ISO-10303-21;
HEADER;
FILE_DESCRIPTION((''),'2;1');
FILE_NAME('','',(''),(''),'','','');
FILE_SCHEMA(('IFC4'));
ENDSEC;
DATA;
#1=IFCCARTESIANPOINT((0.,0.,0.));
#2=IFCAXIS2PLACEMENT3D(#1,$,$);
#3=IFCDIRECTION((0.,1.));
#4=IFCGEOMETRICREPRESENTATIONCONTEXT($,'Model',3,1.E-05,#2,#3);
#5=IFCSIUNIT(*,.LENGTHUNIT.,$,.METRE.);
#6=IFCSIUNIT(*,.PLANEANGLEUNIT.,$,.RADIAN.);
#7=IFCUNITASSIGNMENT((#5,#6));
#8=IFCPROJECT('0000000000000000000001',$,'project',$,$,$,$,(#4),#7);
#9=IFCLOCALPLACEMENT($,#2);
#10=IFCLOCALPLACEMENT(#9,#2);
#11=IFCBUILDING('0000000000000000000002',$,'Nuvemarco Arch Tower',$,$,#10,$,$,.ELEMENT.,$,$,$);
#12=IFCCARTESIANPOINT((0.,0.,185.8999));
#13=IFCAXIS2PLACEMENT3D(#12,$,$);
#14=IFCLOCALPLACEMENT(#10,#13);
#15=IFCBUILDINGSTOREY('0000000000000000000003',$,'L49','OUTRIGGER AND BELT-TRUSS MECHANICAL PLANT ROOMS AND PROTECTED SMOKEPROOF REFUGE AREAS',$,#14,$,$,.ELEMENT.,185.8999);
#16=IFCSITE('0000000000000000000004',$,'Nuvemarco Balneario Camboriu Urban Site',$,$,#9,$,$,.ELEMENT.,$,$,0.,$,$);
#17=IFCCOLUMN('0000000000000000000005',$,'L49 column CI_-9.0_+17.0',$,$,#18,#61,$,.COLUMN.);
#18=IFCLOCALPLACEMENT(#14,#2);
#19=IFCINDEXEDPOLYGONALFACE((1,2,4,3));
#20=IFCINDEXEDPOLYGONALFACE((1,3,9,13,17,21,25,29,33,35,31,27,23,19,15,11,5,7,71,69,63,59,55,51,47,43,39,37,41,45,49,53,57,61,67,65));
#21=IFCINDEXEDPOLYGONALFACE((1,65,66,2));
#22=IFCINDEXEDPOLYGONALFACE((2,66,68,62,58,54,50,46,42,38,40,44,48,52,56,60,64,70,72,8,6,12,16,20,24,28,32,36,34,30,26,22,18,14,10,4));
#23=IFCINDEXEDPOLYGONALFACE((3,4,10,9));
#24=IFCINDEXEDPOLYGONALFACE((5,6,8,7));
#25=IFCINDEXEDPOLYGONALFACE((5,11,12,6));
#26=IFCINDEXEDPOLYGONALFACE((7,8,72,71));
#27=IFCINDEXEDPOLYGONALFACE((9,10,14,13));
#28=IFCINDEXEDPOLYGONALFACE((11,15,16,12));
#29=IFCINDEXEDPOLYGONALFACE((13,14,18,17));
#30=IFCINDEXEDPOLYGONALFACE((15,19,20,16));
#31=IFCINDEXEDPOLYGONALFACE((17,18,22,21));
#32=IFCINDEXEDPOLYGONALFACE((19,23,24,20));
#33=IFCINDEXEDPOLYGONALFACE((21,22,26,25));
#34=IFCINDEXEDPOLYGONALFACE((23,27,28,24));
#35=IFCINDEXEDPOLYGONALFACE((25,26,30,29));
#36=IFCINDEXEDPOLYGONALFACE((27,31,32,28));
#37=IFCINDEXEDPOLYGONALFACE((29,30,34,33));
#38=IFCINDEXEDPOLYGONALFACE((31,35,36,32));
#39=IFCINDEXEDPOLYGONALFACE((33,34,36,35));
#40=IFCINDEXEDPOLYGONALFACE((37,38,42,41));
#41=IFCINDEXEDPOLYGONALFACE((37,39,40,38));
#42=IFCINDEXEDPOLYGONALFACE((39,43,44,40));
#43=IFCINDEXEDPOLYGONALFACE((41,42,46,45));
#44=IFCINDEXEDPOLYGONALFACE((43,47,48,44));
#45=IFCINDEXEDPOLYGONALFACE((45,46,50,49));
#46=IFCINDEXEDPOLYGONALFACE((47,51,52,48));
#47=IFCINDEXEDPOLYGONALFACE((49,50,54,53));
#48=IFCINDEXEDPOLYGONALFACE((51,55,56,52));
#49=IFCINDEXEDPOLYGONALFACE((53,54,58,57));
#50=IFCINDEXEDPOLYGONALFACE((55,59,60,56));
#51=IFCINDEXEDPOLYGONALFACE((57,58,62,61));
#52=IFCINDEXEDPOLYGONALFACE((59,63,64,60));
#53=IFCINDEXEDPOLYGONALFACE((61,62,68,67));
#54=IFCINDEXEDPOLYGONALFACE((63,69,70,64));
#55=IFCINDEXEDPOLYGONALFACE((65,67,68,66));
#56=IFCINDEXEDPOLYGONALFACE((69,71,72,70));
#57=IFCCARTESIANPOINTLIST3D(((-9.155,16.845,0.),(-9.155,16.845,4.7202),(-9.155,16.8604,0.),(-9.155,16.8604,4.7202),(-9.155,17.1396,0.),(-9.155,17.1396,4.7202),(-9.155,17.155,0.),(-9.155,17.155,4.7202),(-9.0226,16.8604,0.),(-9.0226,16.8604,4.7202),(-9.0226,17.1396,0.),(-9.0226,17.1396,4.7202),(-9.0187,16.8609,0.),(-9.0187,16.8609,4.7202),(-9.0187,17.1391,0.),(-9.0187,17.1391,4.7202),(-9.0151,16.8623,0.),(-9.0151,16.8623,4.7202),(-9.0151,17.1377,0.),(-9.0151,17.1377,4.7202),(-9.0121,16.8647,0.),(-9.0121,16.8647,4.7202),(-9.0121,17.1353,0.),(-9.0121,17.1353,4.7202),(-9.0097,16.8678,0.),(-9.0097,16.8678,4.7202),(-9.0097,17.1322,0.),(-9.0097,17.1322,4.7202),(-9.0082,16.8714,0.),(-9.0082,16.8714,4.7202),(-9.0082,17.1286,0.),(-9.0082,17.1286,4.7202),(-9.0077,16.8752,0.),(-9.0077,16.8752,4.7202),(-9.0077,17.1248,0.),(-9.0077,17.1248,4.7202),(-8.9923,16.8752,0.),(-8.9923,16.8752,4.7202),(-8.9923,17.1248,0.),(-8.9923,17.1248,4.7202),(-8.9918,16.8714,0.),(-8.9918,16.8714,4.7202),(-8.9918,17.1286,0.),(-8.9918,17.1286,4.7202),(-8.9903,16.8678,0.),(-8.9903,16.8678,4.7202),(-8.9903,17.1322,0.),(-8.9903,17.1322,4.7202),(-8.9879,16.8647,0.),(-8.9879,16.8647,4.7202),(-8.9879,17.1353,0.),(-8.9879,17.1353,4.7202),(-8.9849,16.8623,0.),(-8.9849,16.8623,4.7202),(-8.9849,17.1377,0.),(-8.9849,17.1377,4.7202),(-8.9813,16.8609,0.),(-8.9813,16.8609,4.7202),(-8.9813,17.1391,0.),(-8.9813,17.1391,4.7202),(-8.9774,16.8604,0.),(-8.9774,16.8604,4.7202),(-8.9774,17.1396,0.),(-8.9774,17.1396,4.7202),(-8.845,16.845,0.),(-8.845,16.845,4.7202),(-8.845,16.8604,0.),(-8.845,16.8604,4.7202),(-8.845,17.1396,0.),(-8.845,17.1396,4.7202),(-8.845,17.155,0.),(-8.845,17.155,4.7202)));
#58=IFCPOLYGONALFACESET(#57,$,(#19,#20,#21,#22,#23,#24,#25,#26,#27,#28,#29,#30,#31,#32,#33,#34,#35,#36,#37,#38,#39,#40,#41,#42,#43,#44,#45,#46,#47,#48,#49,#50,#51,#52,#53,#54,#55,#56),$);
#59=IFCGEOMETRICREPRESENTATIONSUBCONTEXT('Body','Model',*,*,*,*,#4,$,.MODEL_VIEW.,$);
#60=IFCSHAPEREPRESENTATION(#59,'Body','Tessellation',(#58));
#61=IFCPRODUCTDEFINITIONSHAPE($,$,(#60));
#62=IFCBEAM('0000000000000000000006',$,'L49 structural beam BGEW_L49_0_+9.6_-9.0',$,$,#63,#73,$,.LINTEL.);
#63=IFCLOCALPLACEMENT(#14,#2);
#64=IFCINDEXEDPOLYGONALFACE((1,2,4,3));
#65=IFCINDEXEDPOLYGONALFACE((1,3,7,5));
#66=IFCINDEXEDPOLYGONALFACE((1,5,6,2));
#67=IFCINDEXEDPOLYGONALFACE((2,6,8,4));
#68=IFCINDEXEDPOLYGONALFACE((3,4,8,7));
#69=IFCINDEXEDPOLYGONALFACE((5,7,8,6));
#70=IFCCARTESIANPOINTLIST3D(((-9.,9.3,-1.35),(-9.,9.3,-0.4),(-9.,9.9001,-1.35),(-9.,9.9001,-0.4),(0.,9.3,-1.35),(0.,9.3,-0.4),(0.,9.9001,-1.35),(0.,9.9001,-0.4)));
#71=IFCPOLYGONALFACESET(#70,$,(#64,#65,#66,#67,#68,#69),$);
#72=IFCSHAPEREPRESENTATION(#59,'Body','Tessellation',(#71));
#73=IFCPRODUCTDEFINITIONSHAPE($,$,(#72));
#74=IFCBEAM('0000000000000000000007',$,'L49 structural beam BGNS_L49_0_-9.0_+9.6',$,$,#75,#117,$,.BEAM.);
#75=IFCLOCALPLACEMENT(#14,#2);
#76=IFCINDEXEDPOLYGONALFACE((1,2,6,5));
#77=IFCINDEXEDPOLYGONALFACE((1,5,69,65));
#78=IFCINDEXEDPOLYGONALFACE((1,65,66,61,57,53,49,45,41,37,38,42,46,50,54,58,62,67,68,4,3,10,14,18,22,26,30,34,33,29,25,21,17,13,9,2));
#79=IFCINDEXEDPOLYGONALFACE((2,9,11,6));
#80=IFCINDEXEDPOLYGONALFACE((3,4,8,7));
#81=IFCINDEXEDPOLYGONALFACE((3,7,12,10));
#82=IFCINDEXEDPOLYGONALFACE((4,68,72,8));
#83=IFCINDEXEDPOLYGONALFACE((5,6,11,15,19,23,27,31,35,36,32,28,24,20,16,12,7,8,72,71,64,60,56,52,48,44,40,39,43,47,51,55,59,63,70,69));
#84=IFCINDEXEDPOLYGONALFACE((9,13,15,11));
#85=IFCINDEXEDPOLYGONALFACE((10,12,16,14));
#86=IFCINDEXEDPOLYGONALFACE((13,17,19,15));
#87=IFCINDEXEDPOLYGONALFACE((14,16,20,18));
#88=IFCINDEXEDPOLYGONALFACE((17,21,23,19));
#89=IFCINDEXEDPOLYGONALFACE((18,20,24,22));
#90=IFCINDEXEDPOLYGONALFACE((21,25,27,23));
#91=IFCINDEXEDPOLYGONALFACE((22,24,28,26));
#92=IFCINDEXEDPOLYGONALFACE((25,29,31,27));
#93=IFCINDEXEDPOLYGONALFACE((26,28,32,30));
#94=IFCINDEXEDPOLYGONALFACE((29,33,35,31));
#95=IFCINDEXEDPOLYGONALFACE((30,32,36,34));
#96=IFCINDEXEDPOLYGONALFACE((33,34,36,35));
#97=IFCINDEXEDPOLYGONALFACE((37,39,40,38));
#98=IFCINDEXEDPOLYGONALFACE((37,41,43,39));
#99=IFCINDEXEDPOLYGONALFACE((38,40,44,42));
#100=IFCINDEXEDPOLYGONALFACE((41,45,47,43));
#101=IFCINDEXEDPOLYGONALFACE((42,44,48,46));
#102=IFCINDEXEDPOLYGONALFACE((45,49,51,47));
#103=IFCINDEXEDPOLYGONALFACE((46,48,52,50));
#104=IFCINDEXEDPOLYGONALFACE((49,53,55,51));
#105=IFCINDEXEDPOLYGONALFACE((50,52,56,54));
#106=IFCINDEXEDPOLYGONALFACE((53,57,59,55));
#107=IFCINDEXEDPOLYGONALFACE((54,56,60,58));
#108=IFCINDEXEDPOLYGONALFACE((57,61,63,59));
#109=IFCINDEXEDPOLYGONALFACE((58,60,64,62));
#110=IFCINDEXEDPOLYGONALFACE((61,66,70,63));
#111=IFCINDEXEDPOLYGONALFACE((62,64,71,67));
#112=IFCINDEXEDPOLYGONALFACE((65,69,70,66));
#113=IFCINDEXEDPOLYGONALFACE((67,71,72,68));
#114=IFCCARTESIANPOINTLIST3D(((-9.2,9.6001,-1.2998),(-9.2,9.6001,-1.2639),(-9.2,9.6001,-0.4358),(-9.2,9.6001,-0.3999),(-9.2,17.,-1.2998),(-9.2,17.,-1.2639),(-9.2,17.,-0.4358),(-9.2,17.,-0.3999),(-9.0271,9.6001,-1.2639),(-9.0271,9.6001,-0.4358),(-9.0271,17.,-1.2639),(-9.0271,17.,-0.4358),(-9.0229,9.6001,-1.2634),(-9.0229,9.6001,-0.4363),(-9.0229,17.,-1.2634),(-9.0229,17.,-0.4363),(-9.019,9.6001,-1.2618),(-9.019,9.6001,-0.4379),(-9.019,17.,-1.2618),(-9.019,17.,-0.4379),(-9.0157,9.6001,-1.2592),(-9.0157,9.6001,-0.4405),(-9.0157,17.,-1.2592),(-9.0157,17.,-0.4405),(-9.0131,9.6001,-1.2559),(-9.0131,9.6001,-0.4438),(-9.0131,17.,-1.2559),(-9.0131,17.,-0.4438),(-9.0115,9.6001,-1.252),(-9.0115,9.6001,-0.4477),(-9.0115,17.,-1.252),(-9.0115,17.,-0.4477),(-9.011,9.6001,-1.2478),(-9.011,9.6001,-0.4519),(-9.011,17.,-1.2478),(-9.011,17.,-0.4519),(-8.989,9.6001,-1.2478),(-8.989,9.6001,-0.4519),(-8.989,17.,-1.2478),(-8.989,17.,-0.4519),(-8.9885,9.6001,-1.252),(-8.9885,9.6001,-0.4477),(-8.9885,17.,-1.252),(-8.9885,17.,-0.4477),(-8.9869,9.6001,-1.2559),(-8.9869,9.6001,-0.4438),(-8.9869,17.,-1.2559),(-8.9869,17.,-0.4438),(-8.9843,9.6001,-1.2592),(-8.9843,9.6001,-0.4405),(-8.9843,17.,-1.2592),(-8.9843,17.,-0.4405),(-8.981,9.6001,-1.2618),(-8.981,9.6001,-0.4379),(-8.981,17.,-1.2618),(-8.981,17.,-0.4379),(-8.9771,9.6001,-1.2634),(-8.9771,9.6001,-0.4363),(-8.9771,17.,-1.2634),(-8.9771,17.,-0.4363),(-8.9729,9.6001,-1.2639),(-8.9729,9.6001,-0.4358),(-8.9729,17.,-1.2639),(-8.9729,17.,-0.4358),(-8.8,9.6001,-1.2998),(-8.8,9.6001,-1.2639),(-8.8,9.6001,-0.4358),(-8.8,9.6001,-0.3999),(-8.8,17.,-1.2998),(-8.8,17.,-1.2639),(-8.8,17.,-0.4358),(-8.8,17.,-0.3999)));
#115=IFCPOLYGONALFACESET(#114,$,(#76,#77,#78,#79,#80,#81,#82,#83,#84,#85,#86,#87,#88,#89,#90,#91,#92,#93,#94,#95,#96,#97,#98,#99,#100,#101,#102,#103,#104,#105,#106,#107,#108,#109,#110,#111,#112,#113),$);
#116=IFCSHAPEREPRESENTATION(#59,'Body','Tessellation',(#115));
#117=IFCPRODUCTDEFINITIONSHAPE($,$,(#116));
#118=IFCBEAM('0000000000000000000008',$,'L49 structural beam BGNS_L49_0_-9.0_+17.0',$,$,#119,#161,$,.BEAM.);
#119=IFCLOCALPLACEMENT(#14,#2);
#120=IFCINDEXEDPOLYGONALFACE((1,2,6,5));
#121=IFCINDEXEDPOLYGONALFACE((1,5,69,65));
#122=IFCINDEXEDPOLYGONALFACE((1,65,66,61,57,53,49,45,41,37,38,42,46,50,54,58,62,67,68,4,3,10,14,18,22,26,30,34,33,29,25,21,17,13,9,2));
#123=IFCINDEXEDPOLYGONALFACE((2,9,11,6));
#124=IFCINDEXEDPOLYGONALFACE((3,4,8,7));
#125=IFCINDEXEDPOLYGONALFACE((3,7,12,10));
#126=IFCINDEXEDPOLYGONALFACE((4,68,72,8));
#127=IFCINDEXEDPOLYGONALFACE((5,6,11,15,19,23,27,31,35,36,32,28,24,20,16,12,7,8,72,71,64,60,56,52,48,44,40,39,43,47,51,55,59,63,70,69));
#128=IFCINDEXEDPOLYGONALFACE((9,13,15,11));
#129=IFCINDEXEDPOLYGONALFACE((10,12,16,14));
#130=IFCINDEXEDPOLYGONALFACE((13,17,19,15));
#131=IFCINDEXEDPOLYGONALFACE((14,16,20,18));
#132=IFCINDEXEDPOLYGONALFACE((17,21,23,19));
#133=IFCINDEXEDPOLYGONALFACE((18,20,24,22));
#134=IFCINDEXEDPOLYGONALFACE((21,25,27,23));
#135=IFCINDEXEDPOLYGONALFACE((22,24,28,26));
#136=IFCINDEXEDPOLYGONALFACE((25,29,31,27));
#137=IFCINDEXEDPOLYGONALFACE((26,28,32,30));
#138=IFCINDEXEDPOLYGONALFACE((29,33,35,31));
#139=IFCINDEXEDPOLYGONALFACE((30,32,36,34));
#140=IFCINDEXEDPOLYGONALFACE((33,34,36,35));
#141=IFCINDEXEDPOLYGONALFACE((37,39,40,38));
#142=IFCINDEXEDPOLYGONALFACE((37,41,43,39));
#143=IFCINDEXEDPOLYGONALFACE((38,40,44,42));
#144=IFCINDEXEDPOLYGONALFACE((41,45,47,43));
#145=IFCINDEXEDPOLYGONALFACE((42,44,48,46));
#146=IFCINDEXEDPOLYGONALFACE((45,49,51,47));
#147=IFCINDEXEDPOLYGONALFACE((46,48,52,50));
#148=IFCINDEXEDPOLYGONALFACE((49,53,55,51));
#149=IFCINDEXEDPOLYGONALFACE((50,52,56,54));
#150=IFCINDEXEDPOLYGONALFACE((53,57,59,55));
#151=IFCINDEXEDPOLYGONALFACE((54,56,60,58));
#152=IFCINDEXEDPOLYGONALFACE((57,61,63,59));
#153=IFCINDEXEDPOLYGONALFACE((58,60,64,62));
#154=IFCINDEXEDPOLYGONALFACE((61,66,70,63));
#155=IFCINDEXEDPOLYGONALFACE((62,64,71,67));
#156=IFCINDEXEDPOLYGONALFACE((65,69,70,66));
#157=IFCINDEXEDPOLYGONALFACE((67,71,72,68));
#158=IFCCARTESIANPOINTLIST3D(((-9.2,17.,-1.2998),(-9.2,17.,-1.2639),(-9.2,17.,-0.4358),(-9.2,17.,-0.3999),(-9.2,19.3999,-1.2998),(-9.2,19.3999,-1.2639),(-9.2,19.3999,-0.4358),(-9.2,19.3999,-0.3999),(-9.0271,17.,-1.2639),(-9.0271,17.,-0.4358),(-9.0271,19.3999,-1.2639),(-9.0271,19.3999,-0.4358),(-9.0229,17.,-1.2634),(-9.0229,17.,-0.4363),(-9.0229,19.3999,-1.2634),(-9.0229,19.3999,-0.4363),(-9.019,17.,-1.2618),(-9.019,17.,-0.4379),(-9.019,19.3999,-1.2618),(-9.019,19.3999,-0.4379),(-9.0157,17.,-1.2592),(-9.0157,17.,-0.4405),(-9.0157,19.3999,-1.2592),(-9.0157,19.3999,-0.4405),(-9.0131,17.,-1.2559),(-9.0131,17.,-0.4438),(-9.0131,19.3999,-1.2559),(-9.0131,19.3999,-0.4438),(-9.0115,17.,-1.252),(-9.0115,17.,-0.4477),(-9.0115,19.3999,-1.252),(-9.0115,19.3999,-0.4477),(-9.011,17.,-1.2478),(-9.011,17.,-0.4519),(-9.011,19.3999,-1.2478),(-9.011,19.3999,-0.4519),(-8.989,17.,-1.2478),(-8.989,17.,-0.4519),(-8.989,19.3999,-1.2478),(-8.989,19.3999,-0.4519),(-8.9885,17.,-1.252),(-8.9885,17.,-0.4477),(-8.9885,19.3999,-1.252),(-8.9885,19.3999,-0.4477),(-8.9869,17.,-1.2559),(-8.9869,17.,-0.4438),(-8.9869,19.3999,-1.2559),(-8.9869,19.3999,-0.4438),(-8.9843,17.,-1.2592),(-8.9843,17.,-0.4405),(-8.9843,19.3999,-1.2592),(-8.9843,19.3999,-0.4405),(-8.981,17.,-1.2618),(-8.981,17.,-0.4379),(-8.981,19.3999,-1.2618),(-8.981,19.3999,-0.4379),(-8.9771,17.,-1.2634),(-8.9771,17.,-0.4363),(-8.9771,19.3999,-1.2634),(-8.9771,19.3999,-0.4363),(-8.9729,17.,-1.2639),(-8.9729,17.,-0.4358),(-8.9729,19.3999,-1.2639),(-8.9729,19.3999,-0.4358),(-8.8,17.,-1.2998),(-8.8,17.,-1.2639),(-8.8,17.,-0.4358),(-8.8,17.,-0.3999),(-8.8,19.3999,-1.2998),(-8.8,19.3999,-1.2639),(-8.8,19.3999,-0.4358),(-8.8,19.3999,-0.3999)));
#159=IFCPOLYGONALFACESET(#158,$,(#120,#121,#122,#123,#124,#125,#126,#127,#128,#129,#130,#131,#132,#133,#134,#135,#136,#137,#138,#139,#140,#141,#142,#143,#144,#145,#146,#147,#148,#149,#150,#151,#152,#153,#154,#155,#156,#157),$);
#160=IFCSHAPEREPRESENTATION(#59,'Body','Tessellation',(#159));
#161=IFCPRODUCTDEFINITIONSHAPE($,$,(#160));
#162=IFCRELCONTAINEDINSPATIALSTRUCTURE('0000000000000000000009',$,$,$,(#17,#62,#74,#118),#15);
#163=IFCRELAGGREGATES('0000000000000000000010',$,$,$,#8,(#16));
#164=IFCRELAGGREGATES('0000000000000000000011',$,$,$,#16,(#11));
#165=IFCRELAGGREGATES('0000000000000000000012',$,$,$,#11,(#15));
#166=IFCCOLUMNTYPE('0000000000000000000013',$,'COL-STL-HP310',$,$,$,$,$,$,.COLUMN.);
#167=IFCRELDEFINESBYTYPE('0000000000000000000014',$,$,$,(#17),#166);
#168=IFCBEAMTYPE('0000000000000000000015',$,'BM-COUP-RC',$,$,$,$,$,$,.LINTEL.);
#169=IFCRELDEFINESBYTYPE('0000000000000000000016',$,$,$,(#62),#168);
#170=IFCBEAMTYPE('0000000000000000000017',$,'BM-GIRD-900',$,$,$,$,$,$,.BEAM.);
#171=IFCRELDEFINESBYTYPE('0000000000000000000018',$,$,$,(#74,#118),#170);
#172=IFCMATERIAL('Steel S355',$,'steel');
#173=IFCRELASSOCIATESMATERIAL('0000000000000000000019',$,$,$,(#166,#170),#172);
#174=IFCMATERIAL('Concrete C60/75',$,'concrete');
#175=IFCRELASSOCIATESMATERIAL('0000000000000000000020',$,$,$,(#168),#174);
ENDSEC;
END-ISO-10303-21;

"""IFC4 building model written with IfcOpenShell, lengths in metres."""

from ifc_helpers import new_model, si_unit, direction, frame, origin, origin_2d, place, context, subcontext, project, spatial, rectangle, i_section, extrude, material, material_profile, profile_set, type_object, element, save


model = new_model("IFC4")

# Units and contexts
model_context = context("Model", 3, precision=1e-05, world=origin(), true_north=direction((0.0, 1.0)))
body_context = subcontext(model_context, "Body", "Model", "MODEL_VIEW")
ifc_project = project(units=[si_unit("LENGTHUNIT", "METRE"), si_unit("PLANEANGLEUNIT", "RADIAN")], contexts=[model_context])

# Site, building, storey
site_placement = place(None, origin())
site = spatial("IfcSite", under=ifc_project, at=site_placement, Name="Nuvemarco Balneario Camboriu Urban Site", CompositionType="ELEMENT", RefElevation=0.0)
building_placement = place(site_placement, origin())
building = spatial("IfcBuilding", under=site, at=building_placement, Name="Nuvemarco Arch Tower", CompositionType="ELEMENT")
storey_placement = place(building_placement, frame((0.0, 0.0, 185.8999)))
storey = spatial("IfcBuildingStorey", under=building, at=storey_placement, Name="L49", Description="OUTRIGGER AND BELT-TRUSS MECHANICAL PLANT ROOMS AND PROTECTED SMOKEPROOF REFUGE AREAS", CompositionType="ELEMENT", Elevation=185.8999)

# Column
ifc_material_1 = material(Name="Steel S355", Category="steel")
ifc_material_profile_1 = material_profile(ifc_material_1, i_section(OverallWidth=0.3101, OverallDepth=0.3101, WebThickness=0.0154, FlangeThickness=0.0154, FilletRadius=0.0149, at=origin_2d()), Name="HP310x110")
ifc_profile_set_1 = profile_set([ifc_material_profile_1], Name="Steel S355")
column_type_1 = type_object("IfcColumnType", Name="COL-STL-HP310", PredefinedType="COLUMN", material=ifc_profile_set_1)
column_1_placement = place(storey_placement, frame((-9.0, 17.0, 0.0), z_axis=(0.0, 0.0, 1.0), x_axis=(1.0, 0.0, 0.0)))
element("IfcColumn", 1, at=column_1_placement, inside=storey, type_object=column_type_1, Name="L49 column CI_-9.0_+17.0", PredefinedType="COLUMN", context=body_context, shape_type="SweptSolid", body=[
    extrude(i_section(OverallWidth=0.3101, OverallDepth=0.3101, WebThickness=0.0154, FlangeThickness=0.0154, FilletRadius=0.0149, at=origin_2d()), origin(), (0.0, 0.0, 1.0), 4.7202),
])

# Beams
ifc_material_2 = material(Name="Concrete C60/75", Category="concrete")
ifc_material_profile_2 = material_profile(ifc_material_2, rectangle(XDim=0.6001, YDim=0.95, at=origin_2d()), Name="RC-BM-600x950")
ifc_profile_set_2 = profile_set([ifc_material_profile_2], Name="Concrete C60/75")
beam_type_1 = type_object("IfcBeamType", Name="BM-COUP-RC", PredefinedType="LINTEL", material=ifc_profile_set_2)
beam_1_placement = place(storey_placement, frame((-9.0, 9.6001, -0.875), z_axis=(1.0, 0.0, 0.0), x_axis=(0.0, 1.0, 0.0)))
element("IfcBeam", 2, at=beam_1_placement, inside=storey, type_object=beam_type_1, Name="L49 structural beam BGEW_L49_0_+9.6_-9.0", PredefinedType="LINTEL", context=body_context, shape_type="SweptSolid", body=[
    extrude(rectangle(XDim=0.6001, YDim=0.95, at=origin_2d()), origin(), (0.0, 0.0, 1.0), 9.0),
])
ifc_material_profile_3 = material_profile(ifc_material_1, i_section(OverallWidth=0.3999, OverallDepth=0.8999, WebThickness=0.022, FlangeThickness=0.0359, FilletRadius=0.0161, at=origin_2d()), Name="PG900x400")
ifc_profile_set_3 = profile_set([ifc_material_profile_3], Name="Steel S355")
beam_type_2 = type_object("IfcBeamType", Name="BM-GIRD-900", PredefinedType="BEAM", material=ifc_profile_set_3)
beam_2_placement = place(storey_placement, frame((-9.0, 9.6001, -0.8499), z_axis=(0.0, 1.0, 0.0), x_axis=(-1.0, 0.0, 0.0)))
element("IfcBeam", 3, at=beam_2_placement, inside=storey, type_object=beam_type_2, Name="L49 structural beam BGNS_L49_0_-9.0_+9.6", PredefinedType="BEAM", context=body_context, shape_type="SweptSolid", body=[
    extrude(i_section(OverallWidth=0.3999, OverallDepth=0.8999, WebThickness=0.022, FlangeThickness=0.0359, FilletRadius=0.0161, at=origin_2d()), origin(), (0.0, 0.0, 1.0), 7.3999),
])
beam_3_placement = place(storey_placement, frame((-9.0, 17.0, -0.8499), z_axis=(0.0, 1.0, 0.0), x_axis=(-1.0, 0.0, 0.0)))
element("IfcBeam", 4, at=beam_3_placement, inside=storey, type_object=beam_type_2, Name="L49 structural beam BGNS_L49_0_-9.0_+17.0", PredefinedType="BEAM", context=body_context, shape_type="SweptSolid", body=[
    extrude(i_section(OverallWidth=0.3999, OverallDepth=0.8999, WebThickness=0.022, FlangeThickness=0.0359, FilletRadius=0.0161, at=origin_2d()), origin(), (0.0, 0.0, 1.0), 2.3999),
])

save(model, "model.ifc")
